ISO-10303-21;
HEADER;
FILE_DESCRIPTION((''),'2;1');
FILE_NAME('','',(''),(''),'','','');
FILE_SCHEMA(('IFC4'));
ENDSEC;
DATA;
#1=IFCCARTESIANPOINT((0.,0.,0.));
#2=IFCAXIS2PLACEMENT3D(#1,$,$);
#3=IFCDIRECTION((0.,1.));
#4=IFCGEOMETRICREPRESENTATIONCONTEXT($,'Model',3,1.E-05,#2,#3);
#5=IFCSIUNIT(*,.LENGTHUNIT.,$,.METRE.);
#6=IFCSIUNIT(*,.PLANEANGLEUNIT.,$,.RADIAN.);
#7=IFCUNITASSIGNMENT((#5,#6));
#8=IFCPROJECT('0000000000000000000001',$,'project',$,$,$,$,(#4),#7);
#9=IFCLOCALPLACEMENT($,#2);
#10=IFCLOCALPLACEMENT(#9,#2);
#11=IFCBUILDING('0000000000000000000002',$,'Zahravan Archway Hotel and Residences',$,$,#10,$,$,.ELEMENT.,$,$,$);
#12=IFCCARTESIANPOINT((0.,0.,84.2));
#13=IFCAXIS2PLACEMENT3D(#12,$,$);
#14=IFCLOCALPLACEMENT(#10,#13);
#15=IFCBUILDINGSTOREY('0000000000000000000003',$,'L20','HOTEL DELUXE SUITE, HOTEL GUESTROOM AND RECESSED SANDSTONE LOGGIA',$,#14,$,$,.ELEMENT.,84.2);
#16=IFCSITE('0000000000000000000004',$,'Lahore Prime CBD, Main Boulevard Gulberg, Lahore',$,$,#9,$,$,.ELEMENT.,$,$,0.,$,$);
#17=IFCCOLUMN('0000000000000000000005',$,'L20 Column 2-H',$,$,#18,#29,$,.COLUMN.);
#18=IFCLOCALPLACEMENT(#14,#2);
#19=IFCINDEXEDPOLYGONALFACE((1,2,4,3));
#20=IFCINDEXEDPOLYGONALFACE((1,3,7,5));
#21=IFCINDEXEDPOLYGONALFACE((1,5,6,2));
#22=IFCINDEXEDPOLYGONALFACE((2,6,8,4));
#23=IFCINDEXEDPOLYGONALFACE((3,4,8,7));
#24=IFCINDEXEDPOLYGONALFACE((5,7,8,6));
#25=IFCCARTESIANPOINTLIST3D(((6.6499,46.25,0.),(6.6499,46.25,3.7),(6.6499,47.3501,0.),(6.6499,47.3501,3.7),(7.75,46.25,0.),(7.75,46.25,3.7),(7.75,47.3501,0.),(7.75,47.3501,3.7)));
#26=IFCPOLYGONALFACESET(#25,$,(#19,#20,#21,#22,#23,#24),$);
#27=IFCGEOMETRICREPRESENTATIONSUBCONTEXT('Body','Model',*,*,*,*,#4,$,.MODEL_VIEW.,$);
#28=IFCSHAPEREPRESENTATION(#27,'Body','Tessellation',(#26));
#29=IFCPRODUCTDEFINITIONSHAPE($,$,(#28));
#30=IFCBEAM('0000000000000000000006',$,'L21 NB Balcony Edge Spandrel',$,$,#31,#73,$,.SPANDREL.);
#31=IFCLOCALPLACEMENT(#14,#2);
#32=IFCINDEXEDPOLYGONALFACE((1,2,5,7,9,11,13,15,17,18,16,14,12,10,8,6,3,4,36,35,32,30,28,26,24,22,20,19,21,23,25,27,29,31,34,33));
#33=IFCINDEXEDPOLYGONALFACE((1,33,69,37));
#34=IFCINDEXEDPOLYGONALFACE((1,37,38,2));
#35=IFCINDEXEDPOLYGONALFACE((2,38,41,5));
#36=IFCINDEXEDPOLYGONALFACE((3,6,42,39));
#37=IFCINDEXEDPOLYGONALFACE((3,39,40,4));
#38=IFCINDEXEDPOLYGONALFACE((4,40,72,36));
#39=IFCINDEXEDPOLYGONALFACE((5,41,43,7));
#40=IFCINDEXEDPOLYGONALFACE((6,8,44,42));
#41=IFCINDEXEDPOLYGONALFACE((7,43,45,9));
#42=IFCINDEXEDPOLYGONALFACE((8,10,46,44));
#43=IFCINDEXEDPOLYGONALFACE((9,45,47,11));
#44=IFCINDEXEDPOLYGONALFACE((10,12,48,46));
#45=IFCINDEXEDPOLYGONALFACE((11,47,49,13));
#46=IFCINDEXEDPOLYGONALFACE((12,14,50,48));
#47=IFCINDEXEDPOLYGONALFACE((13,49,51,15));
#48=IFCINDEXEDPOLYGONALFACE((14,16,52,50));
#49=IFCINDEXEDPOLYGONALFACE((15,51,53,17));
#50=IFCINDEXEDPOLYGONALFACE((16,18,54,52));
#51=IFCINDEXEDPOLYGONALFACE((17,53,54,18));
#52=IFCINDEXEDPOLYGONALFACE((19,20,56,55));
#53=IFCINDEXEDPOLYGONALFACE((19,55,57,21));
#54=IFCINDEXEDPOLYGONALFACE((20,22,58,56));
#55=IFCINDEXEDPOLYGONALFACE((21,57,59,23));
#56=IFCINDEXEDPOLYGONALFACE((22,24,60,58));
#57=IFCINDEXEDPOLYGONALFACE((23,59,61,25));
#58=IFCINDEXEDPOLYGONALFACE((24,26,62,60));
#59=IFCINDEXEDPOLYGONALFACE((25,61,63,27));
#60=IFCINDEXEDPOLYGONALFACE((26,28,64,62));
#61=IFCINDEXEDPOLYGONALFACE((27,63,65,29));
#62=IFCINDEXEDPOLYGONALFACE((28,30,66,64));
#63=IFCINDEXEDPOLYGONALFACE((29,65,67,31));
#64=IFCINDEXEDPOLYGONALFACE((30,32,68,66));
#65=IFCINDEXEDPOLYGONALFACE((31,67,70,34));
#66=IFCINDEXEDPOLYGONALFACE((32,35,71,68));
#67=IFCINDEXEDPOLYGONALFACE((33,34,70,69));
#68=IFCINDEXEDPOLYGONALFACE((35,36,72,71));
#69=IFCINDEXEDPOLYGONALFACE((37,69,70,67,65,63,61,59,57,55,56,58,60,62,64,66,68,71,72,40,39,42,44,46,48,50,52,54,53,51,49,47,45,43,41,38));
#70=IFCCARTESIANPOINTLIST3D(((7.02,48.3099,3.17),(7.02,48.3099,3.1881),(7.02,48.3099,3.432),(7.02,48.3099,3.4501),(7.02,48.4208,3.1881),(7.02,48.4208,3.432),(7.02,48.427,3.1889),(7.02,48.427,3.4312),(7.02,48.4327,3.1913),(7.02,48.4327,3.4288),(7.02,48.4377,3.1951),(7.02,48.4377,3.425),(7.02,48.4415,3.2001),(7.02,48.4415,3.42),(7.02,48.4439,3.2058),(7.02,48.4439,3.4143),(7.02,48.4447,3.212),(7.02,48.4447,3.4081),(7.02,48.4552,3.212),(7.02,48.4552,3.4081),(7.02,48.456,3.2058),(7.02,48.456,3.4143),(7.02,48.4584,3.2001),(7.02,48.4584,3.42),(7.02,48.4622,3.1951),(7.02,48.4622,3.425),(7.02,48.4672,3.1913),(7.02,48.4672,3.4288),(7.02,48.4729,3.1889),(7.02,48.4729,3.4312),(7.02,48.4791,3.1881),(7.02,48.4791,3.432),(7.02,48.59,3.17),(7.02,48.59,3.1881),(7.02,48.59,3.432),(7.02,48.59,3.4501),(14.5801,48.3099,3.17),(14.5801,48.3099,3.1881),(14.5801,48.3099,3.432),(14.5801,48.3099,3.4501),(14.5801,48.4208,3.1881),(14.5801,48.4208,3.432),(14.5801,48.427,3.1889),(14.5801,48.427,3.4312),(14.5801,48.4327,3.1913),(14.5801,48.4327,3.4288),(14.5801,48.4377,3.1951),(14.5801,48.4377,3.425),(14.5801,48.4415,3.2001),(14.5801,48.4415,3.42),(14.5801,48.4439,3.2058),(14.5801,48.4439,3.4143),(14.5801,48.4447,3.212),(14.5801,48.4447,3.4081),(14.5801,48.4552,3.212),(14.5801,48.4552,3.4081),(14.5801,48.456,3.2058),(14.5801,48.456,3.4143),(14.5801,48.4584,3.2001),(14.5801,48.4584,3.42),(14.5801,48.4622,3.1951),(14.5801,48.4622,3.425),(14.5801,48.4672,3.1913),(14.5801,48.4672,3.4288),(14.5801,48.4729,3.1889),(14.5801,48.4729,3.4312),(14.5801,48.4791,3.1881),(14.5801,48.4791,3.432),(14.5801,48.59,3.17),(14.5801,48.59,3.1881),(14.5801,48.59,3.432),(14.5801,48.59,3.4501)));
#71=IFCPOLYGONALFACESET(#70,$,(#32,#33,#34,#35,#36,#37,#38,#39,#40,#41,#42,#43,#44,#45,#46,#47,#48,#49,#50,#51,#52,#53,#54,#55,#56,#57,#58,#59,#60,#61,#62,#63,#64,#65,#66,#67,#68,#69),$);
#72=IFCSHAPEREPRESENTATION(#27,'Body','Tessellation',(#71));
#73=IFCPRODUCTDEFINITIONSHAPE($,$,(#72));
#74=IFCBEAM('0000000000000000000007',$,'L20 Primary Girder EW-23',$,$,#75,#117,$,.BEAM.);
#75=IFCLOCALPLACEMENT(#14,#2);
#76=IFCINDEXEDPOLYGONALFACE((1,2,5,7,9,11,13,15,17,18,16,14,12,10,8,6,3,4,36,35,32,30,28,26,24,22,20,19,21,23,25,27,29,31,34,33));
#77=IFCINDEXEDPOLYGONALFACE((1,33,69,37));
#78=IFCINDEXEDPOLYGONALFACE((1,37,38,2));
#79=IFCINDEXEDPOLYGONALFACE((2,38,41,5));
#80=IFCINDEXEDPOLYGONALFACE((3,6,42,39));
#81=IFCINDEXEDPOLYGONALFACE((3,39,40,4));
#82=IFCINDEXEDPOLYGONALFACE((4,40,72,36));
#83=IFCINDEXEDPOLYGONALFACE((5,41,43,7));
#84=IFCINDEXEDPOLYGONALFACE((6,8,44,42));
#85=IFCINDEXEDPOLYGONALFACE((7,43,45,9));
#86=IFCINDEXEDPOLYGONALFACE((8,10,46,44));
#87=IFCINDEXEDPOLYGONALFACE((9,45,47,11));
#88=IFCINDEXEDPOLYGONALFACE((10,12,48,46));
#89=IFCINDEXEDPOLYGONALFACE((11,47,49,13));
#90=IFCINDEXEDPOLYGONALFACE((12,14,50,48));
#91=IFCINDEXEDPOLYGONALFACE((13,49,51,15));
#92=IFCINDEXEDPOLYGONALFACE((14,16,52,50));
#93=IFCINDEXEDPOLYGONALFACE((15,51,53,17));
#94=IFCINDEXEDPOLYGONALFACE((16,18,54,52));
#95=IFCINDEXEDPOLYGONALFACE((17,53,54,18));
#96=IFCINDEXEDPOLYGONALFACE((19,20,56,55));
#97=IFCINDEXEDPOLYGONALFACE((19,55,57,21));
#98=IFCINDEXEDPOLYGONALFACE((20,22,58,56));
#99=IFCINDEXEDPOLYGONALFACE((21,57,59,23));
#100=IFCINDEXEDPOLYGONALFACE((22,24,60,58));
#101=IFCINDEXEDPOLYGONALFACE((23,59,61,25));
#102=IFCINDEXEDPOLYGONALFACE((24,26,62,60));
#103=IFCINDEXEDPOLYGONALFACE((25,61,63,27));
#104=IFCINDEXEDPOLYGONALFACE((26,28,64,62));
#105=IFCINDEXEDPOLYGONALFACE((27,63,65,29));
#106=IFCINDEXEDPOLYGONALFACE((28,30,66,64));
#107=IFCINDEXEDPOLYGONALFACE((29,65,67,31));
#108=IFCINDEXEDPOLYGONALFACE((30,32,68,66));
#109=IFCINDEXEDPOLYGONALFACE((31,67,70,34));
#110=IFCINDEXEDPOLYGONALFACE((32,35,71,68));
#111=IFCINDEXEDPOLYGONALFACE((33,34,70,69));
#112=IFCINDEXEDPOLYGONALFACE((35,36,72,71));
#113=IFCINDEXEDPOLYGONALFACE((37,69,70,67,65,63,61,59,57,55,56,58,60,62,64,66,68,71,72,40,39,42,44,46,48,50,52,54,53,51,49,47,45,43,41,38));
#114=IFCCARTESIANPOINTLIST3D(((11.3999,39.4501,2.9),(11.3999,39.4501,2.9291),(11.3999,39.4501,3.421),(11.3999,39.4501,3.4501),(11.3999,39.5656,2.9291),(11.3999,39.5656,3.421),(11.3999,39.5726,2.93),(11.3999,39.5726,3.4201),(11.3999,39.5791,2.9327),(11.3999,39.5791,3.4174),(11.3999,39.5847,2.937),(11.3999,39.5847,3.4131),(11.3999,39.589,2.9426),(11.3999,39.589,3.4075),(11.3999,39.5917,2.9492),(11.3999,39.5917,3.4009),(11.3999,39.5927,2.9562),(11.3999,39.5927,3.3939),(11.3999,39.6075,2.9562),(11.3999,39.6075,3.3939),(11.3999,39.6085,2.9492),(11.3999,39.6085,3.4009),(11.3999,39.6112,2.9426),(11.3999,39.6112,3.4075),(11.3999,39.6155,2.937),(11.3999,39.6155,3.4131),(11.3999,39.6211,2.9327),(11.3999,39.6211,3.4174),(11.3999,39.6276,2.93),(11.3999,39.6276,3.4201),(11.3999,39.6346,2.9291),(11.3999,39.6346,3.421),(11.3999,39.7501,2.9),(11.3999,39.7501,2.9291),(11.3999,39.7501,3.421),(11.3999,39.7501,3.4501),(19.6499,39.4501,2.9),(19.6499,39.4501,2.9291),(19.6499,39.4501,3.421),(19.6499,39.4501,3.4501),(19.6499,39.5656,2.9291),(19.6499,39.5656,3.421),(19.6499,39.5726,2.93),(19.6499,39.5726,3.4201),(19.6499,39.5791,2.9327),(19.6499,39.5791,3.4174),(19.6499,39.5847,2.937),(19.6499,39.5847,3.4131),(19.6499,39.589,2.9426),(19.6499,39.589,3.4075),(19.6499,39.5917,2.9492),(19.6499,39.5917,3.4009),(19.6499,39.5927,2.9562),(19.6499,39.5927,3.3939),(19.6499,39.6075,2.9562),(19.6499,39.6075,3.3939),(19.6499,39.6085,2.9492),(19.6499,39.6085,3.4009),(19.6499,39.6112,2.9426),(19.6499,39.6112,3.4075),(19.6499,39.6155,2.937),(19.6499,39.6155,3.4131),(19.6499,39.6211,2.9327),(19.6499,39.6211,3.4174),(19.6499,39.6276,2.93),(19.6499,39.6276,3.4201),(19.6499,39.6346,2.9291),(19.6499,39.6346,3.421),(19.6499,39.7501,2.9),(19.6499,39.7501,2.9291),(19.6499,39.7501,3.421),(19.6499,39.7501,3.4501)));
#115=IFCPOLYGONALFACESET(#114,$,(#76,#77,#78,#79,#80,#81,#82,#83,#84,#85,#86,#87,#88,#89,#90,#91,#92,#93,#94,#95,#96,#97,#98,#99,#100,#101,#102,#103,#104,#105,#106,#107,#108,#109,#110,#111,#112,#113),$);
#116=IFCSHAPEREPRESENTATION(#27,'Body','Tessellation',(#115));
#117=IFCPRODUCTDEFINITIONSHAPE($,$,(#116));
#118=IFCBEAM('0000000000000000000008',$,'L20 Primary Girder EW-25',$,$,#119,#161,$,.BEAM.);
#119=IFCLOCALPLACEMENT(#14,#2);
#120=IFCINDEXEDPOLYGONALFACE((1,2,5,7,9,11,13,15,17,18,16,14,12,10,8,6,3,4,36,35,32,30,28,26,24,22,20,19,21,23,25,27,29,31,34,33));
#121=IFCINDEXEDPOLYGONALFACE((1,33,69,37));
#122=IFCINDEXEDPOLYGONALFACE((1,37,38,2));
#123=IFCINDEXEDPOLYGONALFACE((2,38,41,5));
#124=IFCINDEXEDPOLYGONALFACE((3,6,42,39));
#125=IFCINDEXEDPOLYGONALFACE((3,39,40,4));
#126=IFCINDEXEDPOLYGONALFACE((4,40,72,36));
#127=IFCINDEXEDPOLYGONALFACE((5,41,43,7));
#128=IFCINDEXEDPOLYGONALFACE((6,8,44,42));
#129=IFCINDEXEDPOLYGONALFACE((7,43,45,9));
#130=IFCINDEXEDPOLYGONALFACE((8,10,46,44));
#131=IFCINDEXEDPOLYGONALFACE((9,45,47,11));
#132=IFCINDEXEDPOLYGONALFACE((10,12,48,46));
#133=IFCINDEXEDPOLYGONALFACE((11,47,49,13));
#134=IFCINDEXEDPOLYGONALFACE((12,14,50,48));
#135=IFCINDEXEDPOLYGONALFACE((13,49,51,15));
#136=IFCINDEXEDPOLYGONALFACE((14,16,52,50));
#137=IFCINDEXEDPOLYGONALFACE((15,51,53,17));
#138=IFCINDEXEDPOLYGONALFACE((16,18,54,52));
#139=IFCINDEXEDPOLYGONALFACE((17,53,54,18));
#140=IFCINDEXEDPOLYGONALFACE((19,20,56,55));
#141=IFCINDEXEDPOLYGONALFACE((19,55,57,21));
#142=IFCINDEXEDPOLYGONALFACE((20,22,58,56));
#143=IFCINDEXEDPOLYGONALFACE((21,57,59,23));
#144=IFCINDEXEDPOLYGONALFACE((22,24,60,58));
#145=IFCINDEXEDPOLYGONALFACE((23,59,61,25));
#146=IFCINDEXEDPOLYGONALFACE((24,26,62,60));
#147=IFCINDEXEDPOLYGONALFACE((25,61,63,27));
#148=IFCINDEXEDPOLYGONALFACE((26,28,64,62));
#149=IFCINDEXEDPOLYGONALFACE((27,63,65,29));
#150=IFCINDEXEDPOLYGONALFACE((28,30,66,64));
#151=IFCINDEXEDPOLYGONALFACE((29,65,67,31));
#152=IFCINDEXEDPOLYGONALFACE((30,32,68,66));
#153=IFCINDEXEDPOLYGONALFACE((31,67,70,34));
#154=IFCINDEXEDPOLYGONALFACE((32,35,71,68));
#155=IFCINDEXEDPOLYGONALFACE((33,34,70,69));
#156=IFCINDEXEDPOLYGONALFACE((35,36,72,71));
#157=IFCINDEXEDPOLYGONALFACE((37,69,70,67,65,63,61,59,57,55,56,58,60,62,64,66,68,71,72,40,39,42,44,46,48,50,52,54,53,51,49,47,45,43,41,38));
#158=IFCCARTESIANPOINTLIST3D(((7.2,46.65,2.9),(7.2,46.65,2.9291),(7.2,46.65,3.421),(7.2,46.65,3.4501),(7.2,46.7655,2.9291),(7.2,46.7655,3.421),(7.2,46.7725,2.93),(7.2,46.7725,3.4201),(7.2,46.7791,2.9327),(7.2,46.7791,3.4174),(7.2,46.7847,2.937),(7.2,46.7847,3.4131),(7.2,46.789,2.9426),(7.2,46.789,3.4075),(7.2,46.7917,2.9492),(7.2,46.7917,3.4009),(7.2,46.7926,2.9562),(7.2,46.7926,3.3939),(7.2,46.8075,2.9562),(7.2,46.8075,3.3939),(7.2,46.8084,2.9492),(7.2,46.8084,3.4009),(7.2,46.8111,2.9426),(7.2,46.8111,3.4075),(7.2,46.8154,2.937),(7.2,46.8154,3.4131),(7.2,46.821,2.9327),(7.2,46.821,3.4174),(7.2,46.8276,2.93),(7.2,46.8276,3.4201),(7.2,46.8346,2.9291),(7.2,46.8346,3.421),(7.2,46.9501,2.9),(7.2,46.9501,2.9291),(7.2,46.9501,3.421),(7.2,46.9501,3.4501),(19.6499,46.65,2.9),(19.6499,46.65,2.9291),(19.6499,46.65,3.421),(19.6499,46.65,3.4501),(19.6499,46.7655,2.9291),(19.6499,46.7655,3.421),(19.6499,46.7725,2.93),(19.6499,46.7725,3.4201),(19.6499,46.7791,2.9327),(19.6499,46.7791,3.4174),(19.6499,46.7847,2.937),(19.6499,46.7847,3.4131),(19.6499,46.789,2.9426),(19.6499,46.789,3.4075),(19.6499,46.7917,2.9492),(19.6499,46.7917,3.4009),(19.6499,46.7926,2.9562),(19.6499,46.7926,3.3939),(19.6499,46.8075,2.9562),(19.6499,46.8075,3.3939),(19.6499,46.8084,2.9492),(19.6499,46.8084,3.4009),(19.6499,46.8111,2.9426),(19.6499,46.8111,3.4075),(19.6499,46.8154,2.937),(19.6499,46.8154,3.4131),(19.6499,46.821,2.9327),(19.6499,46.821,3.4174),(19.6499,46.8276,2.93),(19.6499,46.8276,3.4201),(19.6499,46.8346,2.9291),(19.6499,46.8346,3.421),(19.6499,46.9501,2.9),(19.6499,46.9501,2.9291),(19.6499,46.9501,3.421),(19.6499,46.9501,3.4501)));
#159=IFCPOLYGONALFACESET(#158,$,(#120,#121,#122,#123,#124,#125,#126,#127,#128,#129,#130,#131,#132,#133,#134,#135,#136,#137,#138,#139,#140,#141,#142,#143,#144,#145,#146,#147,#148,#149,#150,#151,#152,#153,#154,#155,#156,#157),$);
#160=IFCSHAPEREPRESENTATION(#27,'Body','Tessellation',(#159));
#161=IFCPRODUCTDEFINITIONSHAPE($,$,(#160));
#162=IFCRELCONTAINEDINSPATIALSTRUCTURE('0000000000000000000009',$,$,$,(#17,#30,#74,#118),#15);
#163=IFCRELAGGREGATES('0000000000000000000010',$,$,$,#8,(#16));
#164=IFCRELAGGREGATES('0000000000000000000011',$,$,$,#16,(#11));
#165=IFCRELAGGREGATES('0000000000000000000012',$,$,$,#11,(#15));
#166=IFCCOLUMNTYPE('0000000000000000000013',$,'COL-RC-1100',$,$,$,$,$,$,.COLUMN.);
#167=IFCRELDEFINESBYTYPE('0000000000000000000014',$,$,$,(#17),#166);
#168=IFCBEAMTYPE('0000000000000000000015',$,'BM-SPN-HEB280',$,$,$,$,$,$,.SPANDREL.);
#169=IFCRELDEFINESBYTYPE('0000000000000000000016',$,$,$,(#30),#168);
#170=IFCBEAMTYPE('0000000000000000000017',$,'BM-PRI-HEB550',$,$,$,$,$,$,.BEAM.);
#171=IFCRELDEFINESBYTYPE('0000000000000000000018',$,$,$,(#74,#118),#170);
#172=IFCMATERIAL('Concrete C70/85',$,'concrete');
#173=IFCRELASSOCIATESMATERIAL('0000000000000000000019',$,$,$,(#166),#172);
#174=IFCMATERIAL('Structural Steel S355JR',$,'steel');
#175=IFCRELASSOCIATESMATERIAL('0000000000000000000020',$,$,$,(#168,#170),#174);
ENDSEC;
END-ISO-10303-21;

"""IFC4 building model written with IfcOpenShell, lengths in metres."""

from ifc_helpers import new_model, si_unit, direction, frame, origin, origin_2d, place, context, subcontext, project, spatial, rectangle, i_section, extrude, source, transform, mapped, material, material_profile, profile_set, type_object, type_shapes, element, save


model = new_model("IFC4")

# Units and contexts
model_context = context("Model", 3, precision=1e-05, world=origin(), true_north=direction((0.0, 1.0)))
body_context = subcontext(model_context, "Body", "Model", "MODEL_VIEW")
ifc_project = project(units=[si_unit("LENGTHUNIT", "METRE"), si_unit("PLANEANGLEUNIT", "RADIAN")], contexts=[model_context])

# Site, building, storey
site_placement = place(None, origin())
site = spatial("IfcSite", under=ifc_project, at=site_placement, Name="Lahore Prime CBD, Main Boulevard Gulberg, Lahore", CompositionType="ELEMENT", RefElevation=0.0)
building_placement = place(site_placement, origin())
building = spatial("IfcBuilding", under=site, at=building_placement, Name="Zahravan Archway Hotel and Residences", CompositionType="ELEMENT")
storey_placement = place(building_placement, frame((0.0, 0.0, 84.2)))
storey = spatial("IfcBuildingStorey", under=building, at=storey_placement, Name="L20", Description="HOTEL DELUXE SUITE, HOTEL GUESTROOM AND RECESSED SANDSTONE LOGGIA", CompositionType="ELEMENT", Elevation=84.2)

# Column
ifc_material_1 = material(Name="Concrete C70/85", Category="concrete")
ifc_material_profile_1 = material_profile(ifc_material_1, rectangle(XDim=1.1001, YDim=1.1001, at=origin_2d()), Name="RC 1100x1100", Category="concrete")
ifc_profile_set_1 = profile_set([ifc_material_profile_1], Name="Concrete C70/85")
column_type = type_object("IfcColumnType", Name="COL-RC-1100", PredefinedType="COLUMN", material=ifc_profile_set_1)
shared_shape_1 = source(origin(), body_context, "Body", "SweptSolid", [
    extrude(rectangle(XDim=1.1001, YDim=1.1001, at=origin_2d()), origin(), (0.0, 0.0, 1.0), 3.7),
])
column_placement = place(storey_placement, frame((7.2, 46.8, 0.0), z_axis=(0.0, 0.0, 1.0), x_axis=(1.0, 0.0, 0.0)))
element("IfcColumn", 1, at=column_placement, inside=storey, type_object=column_type, Name="L20 Column 2-H", PredefinedType="COLUMN", context=body_context, shape_type="MappedRepresentation", body=[
    mapped(shared_shape_1, transform((0.0, 0.0, 0.0), scale=1.0)),
])

# Beams
ifc_material_2 = material(Name="Structural Steel S355JR", Category="steel")
ifc_material_profile_2 = material_profile(ifc_material_2, i_section(OverallWidth=0.28, OverallDepth=0.28, WebThickness=0.0105, FlangeThickness=0.0181, FilletRadius=0.0239, at=origin_2d()), Name="HEB 280", Category="steel")
ifc_profile_set_2 = profile_set([ifc_material_profile_2], Name="Structural Steel S355JR")
beam_type_1 = type_object("IfcBeamType", Name="BM-SPN-HEB280", PredefinedType="SPANDREL", material=ifc_profile_set_2)
shared_shape_2 = source(origin(), body_context, "Body", "SweptSolid", [
    extrude(i_section(OverallWidth=0.28, OverallDepth=0.28, WebThickness=0.0105, FlangeThickness=0.0181, FilletRadius=0.0239, at=origin_2d()), origin(), (0.0, 0.0, 1.0), 7.5601),
])
type_shapes(beam_type_1, [shared_shape_2])
beam_1_placement = place(storey_placement, frame((7.02, 48.45, 3.3101), z_axis=(1.0, 0.0, 0.0), x_axis=(0.0, 1.0, 0.0)))
element("IfcBeam", 2, at=beam_1_placement, inside=storey, type_object=beam_type_1, Name="L21 NB Balcony Edge Spandrel", PredefinedType="SPANDREL", context=body_context, shape_type="MappedRepresentation", body=[
    mapped(shared_shape_2, transform((0.0, 0.0, 0.0), scale=1.0)),
])
ifc_material_profile_3 = material_profile(ifc_material_2, i_section(OverallWidth=0.3, OverallDepth=0.55, WebThickness=0.0149, FlangeThickness=0.0291, FilletRadius=0.0271, at=origin_2d()), Name="HEB 550", Category="steel")
ifc_profile_set_3 = profile_set([ifc_material_profile_3], Name="Structural Steel S355JR")
beam_type_2 = type_object("IfcBeamType", Name="BM-PRI-HEB550", PredefinedType="BEAM", material=ifc_profile_set_3)
shared_shape_3 = source(origin(), body_context, "Body", "SweptSolid", [
    extrude(i_section(OverallWidth=0.3, OverallDepth=0.55, WebThickness=0.0149, FlangeThickness=0.0291, FilletRadius=0.0271, at=origin_2d()), origin(), (0.0, 0.0, 1.0), 8.25),
])
beam_2_placement = place(storey_placement, frame((11.3999, 39.6001, 3.175), z_axis=(1.0, 0.0, 0.0), x_axis=(0.0, 1.0, 0.0)))
element("IfcBeam", 3, at=beam_2_placement, inside=storey, type_object=beam_type_2, Name="L20 Primary Girder EW-23", PredefinedType="BEAM", context=body_context, shape_type="MappedRepresentation", body=[
    mapped(shared_shape_3, transform((0.0, 0.0, 0.0), scale=1.0)),
])
shared_shape_4 = source(origin(), body_context, "Body", "SweptSolid", [
    extrude(i_section(OverallWidth=0.3, OverallDepth=0.55, WebThickness=0.0149, FlangeThickness=0.0291, FilletRadius=0.0271, at=origin_2d()), origin(), (0.0, 0.0, 1.0), 12.45),
])
beam_3_placement = place(storey_placement, frame((7.2, 46.8, 3.175), z_axis=(1.0, 0.0, 0.0), x_axis=(0.0, 1.0, 0.0)))
element("IfcBeam", 4, at=beam_3_placement, inside=storey, type_object=beam_type_2, Name="L20 Primary Girder EW-25", PredefinedType="BEAM", context=body_context, shape_type="MappedRepresentation", body=[
    mapped(shared_shape_4, transform((0.0, 0.0, 0.0), scale=1.0)),
])

save(model, "model.ifc")
